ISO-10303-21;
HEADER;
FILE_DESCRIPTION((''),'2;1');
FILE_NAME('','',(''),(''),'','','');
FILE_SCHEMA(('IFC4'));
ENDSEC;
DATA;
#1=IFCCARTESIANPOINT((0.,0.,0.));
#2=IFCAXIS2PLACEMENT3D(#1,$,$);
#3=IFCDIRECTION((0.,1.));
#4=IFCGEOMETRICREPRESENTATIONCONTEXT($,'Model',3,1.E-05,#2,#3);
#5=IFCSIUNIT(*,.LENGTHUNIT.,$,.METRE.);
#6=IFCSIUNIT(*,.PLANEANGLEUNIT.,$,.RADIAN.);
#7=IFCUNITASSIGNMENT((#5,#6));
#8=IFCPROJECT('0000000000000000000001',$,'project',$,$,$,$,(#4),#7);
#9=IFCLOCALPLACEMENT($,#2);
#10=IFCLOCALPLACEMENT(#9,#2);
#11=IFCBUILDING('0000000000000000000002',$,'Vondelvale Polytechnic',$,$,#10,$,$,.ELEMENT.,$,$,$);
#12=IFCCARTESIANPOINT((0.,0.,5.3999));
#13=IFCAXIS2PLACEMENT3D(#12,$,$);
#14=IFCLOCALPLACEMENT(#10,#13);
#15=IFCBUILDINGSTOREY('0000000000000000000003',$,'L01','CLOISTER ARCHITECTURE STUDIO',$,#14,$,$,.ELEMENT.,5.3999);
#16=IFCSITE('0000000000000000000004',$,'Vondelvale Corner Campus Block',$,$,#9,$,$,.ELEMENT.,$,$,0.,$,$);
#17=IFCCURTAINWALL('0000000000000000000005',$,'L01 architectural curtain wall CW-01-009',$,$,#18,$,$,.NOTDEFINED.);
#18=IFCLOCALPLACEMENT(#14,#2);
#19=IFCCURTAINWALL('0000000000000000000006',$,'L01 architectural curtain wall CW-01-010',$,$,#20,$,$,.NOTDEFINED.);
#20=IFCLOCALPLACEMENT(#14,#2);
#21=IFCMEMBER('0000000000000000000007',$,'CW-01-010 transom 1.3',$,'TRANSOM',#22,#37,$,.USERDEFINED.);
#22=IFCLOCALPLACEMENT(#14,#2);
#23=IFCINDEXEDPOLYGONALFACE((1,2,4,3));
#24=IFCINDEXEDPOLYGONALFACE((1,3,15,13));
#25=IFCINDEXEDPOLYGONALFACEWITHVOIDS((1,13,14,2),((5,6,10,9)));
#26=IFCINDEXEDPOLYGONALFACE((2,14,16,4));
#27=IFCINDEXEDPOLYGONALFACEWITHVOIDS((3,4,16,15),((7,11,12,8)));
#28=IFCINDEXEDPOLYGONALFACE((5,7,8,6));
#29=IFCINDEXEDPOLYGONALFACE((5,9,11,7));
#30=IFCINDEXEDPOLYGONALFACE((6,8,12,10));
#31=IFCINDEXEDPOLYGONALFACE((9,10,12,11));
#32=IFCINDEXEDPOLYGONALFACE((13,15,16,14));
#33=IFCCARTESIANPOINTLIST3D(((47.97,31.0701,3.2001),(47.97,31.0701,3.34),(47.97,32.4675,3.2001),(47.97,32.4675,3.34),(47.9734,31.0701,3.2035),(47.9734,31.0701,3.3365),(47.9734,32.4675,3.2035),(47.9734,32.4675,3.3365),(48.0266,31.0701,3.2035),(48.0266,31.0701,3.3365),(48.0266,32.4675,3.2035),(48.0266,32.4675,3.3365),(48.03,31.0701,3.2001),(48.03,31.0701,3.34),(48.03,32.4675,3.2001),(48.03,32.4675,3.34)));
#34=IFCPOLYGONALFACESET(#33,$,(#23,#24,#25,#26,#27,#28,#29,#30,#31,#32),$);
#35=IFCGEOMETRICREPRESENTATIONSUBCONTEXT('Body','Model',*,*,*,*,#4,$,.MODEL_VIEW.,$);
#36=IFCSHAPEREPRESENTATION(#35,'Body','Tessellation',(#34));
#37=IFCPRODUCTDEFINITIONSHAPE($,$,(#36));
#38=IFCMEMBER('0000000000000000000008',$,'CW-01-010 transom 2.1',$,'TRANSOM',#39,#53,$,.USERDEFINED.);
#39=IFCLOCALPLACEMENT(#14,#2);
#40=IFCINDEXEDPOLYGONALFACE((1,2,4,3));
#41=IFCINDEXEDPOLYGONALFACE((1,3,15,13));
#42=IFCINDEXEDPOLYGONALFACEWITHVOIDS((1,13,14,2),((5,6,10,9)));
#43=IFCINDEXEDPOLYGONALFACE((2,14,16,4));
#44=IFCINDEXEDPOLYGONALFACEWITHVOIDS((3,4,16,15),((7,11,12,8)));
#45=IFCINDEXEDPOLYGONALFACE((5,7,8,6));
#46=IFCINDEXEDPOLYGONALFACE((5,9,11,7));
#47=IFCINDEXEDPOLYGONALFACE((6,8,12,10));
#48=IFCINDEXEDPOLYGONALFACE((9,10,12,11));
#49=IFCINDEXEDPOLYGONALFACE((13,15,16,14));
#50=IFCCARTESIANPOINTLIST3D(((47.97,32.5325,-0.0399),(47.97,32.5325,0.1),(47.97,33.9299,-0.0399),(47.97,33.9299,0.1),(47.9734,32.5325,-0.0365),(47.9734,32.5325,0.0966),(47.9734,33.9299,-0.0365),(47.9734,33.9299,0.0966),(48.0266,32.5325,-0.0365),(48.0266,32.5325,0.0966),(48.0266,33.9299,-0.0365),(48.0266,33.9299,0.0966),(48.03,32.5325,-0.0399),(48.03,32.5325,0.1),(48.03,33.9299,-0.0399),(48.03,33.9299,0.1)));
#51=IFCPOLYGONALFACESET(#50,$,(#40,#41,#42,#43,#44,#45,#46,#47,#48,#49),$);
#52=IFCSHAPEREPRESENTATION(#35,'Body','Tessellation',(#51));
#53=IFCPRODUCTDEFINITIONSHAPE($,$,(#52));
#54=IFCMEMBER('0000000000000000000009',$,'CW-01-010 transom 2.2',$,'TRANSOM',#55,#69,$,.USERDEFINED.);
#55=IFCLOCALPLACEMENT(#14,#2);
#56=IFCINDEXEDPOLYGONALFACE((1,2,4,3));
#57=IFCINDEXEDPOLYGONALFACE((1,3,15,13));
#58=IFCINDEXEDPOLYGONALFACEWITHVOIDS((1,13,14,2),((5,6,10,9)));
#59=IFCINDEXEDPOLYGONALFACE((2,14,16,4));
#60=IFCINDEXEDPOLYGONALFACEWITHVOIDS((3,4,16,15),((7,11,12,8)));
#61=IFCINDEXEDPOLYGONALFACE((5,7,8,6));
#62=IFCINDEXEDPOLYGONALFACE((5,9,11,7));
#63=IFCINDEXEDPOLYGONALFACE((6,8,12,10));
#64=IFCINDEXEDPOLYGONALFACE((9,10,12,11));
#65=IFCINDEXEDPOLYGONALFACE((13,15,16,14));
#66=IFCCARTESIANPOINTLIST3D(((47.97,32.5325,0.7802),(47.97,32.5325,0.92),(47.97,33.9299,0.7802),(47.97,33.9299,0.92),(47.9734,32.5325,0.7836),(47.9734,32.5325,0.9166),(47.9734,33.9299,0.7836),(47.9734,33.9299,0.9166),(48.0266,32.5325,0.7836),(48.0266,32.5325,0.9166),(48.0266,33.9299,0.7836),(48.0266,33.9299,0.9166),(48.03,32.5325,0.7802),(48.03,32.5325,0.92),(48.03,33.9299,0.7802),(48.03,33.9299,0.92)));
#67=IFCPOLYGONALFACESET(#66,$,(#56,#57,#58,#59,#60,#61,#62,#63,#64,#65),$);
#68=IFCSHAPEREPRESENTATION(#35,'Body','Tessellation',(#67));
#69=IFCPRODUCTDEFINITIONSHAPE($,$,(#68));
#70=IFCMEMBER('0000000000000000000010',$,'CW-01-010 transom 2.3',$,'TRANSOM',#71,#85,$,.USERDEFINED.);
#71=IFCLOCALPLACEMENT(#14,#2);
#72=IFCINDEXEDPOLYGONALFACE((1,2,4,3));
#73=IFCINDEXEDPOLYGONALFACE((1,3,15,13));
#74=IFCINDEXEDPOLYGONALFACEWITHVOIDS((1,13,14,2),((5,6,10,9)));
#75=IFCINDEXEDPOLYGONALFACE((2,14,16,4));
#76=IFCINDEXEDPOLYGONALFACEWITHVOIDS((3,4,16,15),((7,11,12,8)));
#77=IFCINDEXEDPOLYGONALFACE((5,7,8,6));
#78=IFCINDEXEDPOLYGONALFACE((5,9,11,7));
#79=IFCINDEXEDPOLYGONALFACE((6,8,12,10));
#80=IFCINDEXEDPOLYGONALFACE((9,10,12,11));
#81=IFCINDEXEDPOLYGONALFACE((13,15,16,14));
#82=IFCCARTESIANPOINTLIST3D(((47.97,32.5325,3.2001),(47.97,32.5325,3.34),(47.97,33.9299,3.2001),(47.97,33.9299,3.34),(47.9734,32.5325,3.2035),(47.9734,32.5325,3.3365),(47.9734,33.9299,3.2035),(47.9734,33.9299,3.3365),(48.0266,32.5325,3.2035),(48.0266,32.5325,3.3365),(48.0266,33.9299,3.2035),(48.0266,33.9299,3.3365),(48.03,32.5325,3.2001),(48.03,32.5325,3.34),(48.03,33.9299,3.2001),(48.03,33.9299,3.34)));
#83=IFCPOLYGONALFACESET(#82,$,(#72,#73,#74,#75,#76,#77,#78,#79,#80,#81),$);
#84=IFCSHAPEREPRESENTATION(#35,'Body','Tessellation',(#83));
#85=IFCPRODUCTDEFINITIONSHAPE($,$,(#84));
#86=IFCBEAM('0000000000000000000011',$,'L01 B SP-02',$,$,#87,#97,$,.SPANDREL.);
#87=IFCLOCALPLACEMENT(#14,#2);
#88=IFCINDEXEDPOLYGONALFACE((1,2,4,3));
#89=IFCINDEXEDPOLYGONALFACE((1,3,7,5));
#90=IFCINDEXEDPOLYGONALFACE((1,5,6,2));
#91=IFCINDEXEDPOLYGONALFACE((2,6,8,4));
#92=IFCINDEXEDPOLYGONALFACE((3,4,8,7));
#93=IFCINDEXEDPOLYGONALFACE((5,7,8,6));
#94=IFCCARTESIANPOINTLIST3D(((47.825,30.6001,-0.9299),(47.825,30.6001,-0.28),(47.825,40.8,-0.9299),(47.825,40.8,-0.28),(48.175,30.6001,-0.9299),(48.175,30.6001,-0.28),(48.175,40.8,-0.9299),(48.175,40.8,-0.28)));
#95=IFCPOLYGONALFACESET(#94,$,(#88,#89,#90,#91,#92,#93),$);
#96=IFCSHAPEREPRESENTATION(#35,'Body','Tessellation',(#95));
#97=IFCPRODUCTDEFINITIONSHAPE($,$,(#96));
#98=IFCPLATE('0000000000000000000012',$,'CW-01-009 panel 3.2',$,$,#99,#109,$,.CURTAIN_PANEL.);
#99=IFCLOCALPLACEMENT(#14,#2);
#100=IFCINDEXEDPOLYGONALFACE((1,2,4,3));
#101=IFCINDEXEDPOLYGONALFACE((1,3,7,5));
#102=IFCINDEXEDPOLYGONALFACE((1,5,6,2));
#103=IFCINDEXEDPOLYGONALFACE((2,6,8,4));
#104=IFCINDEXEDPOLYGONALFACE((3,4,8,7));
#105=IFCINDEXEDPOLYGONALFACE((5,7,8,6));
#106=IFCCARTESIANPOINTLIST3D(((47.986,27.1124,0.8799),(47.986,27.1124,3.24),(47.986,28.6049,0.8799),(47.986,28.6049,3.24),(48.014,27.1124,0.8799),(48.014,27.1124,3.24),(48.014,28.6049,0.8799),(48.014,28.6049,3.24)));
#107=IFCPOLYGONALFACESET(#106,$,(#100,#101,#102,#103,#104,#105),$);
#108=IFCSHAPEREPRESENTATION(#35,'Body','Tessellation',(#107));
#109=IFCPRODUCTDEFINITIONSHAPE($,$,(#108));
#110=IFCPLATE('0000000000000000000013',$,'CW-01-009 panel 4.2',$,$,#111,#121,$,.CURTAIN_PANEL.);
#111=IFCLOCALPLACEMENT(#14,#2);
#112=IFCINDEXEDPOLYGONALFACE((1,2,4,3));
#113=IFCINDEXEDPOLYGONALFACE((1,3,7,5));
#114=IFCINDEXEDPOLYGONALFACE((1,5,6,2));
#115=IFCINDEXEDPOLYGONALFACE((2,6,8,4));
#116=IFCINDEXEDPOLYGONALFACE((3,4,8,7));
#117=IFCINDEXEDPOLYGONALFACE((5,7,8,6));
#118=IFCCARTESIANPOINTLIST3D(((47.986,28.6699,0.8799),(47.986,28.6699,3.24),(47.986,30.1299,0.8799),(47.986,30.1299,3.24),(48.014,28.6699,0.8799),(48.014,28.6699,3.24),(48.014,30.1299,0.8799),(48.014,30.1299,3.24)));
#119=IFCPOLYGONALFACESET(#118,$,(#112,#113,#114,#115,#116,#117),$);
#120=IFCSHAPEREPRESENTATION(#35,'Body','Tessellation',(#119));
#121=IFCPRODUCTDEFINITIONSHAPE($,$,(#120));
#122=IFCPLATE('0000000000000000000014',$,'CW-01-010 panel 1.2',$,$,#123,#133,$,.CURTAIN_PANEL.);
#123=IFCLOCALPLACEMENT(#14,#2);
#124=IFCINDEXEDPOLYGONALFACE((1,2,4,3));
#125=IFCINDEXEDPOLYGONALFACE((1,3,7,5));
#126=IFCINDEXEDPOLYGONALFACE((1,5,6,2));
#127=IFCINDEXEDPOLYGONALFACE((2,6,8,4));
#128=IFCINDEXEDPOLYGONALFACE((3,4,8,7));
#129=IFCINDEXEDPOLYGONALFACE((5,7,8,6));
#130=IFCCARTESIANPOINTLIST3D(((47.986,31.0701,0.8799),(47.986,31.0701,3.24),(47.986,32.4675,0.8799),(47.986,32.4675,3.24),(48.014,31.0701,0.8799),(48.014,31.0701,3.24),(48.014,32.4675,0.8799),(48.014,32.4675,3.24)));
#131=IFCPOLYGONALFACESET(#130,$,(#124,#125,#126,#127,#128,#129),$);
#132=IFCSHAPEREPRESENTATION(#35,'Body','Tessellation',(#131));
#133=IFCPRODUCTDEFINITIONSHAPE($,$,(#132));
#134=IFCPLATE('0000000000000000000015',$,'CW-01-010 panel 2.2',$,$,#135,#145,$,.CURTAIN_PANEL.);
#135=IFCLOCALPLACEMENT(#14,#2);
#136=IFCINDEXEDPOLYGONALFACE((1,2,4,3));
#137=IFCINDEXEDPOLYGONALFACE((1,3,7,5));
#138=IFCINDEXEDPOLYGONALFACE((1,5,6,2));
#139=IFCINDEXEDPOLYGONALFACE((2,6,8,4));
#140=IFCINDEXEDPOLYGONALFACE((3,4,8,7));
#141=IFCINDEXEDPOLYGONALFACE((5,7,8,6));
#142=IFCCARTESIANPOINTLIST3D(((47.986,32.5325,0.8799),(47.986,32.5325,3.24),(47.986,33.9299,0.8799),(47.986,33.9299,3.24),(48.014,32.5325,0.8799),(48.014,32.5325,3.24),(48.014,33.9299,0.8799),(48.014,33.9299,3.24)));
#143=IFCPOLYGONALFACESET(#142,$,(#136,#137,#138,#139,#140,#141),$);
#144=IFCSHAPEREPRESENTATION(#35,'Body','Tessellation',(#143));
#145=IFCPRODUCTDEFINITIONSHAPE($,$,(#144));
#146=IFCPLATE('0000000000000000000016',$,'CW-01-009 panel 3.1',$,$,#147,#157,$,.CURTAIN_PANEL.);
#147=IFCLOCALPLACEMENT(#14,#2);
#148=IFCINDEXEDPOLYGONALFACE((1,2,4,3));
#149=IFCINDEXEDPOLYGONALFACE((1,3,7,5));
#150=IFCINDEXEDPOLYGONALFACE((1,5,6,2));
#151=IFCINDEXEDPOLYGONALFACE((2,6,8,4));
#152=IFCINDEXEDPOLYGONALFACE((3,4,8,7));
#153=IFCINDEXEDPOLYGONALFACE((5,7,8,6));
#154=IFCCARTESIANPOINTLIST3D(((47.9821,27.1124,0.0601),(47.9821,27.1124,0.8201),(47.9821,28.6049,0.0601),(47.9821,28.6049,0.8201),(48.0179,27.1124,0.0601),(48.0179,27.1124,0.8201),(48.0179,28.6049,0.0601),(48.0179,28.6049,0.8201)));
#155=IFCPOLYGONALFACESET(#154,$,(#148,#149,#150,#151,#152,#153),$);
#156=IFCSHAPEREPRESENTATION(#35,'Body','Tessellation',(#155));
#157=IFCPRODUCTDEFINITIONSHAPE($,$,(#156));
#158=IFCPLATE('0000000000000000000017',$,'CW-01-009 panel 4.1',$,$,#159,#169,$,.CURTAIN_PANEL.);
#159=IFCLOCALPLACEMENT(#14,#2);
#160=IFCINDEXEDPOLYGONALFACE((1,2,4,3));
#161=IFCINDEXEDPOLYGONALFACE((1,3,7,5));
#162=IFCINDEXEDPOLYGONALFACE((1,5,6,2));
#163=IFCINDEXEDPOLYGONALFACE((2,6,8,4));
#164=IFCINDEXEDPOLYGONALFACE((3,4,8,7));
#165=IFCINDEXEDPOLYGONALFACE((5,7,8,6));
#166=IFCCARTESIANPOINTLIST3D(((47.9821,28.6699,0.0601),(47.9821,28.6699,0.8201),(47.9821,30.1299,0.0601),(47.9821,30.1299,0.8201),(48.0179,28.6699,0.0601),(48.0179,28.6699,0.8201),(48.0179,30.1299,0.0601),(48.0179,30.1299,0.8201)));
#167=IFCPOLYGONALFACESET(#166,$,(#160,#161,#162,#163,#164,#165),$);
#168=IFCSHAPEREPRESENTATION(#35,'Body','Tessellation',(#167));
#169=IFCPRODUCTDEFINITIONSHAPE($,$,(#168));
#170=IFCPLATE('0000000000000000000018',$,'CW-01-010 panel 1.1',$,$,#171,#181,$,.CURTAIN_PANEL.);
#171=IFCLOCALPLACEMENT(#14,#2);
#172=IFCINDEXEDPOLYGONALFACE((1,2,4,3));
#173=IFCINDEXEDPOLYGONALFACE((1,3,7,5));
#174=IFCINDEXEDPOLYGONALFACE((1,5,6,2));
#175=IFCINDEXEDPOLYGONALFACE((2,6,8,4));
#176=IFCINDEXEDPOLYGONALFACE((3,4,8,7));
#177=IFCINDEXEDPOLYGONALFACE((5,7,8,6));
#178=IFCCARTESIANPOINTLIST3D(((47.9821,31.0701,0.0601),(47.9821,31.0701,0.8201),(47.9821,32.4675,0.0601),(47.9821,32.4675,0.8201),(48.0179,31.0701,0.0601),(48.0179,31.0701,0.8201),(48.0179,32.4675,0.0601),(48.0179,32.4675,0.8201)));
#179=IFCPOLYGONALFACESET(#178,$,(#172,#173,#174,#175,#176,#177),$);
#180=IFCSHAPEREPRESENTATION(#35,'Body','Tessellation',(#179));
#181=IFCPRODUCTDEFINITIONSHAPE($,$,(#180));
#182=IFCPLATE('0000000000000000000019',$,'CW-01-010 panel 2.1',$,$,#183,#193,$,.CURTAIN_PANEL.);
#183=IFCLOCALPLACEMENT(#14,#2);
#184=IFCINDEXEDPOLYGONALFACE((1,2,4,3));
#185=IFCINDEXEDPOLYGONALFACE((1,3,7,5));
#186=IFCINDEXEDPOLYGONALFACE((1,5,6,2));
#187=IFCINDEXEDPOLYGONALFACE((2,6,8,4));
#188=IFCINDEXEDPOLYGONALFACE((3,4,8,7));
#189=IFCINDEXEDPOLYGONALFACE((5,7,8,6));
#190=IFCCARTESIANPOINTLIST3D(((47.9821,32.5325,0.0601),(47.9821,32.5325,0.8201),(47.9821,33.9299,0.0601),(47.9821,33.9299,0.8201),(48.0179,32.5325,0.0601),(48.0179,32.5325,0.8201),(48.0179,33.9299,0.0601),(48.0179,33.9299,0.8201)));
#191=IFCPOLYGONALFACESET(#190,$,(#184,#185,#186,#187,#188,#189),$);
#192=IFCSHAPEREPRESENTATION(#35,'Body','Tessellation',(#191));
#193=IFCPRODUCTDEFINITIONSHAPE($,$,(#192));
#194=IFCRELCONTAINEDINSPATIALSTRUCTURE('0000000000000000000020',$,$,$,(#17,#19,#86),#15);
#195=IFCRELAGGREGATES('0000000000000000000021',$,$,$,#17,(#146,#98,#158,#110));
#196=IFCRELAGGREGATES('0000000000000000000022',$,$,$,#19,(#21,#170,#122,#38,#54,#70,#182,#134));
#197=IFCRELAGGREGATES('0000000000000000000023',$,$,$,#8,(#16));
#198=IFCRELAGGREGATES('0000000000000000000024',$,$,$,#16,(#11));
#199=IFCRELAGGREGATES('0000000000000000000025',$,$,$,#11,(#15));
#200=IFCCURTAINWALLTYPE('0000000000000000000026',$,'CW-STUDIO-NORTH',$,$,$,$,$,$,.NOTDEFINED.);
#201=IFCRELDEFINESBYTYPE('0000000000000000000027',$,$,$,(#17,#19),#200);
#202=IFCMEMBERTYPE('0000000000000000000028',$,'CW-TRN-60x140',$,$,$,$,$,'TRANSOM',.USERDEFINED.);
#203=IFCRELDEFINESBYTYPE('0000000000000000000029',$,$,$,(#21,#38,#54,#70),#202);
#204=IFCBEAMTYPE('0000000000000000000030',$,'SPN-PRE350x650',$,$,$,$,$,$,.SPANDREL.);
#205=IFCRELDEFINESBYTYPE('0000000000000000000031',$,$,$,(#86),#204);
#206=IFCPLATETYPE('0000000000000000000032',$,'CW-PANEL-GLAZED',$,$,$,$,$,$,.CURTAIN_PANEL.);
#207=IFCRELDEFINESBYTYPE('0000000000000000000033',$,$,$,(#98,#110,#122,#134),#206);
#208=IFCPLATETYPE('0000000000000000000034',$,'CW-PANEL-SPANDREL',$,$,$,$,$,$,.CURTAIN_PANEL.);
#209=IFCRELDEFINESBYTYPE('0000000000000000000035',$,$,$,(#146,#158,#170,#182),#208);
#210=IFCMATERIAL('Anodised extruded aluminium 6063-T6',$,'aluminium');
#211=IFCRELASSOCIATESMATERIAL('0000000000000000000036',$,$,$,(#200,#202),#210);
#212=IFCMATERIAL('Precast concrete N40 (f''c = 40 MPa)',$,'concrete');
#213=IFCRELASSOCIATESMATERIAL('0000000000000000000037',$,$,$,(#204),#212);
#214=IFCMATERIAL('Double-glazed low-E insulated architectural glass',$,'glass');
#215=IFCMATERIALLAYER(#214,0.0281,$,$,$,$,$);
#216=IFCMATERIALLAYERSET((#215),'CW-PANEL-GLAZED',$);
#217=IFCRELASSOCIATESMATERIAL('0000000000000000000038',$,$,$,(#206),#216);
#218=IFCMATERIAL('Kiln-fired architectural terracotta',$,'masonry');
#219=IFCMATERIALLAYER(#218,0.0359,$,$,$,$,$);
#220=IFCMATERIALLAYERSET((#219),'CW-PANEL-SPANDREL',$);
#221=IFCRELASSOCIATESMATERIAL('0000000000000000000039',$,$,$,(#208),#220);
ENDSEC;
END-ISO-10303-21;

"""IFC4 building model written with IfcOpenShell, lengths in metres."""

from ifc_helpers import new_model, si_unit, direction, frame, origin, origin_2d, place, context, subcontext, project, spatial, rectangle, hollow_rectangle, extrude, material, layer, layer_set, material_profile, profile_set, type_object, element, aggregate, save


model = new_model("IFC4")

# Units and contexts
model_context = context("Model", 3, precision=1e-05, world=origin(), true_north=direction((0.0, 1.0)))
body_context = subcontext(model_context, "Body", "Model", "MODEL_VIEW")
ifc_project = project(units=[si_unit("LENGTHUNIT", "METRE"), si_unit("PLANEANGLEUNIT", "RADIAN")], contexts=[model_context])

# Site, building, storey
site_placement = place(None, origin())
site = spatial("IfcSite", under=ifc_project, at=site_placement, Name="Vondelvale Corner Campus Block", CompositionType="ELEMENT", RefElevation=0.0)
building_placement = place(site_placement, origin())
building = spatial("IfcBuilding", under=site, at=building_placement, Name="Vondelvale Polytechnic", CompositionType="ELEMENT")
storey_placement = place(building_placement, frame((0.0, 0.0, 5.3999)))
storey = spatial("IfcBuildingStorey", under=building, at=storey_placement, Name="L01", Description="CLOISTER ARCHITECTURE STUDIO", CompositionType="ELEMENT", Elevation=5.3999)

# Curtain walls
ifc_material_1 = material(Name="Anodised extruded aluminium 6063-T6", Category="aluminium")
curtain_wall_type = type_object("IfcCurtainWallType", Name="CW-STUDIO-NORTH", PredefinedType="NOTDEFINED", material=ifc_material_1)
curtain_wall_1_placement = place(storey_placement, origin())
curtain_wall_1 = element("IfcCurtainWall", 1, at=curtain_wall_1_placement, inside=storey, type_object=curtain_wall_type, Name="L01 architectural curtain wall CW-01-009", PredefinedType="NOTDEFINED")
curtain_wall_2_placement = place(storey_placement, origin())
curtain_wall_2 = element("IfcCurtainWall", 2, at=curtain_wall_2_placement, inside=storey, type_object=curtain_wall_type, Name="L01 architectural curtain wall CW-01-010", PredefinedType="NOTDEFINED")

# Members
ifc_material_profile_1 = material_profile(ifc_material_1, hollow_rectangle(XDim=0.0601, YDim=0.1399, WallThickness=0.0034, at=origin_2d()), Name="CW-TRN-140x60")
ifc_profile_set_1 = profile_set([ifc_material_profile_1], Name="Anodised extruded aluminium 6063-T6")
member_type_1 = type_object("IfcMemberType", Name="CW-TRN-60x140", ElementType="TRANSOM", PredefinedType="USERDEFINED", material=ifc_profile_set_1)
member_1_placement = place(storey_placement, frame((48.0, 31.0701, 3.27), z_axis=(0.0, 1.0, 0.0), x_axis=(-1.0, 0.0, 0.0)))
member_1 = element("IfcMember", 3, at=member_1_placement, type_object=member_type_1, Name="CW-01-010 transom 1.3", ObjectType="TRANSOM", PredefinedType="USERDEFINED", context=body_context, shape_type="SweptSolid", body=[
    extrude(hollow_rectangle(XDim=0.0601, YDim=0.1399, WallThickness=0.0034, at=origin_2d()), origin(), (0.0, 0.0, 1.0), 1.3975),
])
member_2_placement = place(storey_placement, frame((48.0, 32.5325, 0.03), z_axis=(0.0, 1.0, 0.0), x_axis=(-1.0, 0.0, 0.0)))
member_2 = element("IfcMember", 4, at=member_2_placement, type_object=member_type_1, Name="CW-01-010 transom 2.1", ObjectType="TRANSOM", PredefinedType="USERDEFINED", context=body_context, shape_type="SweptSolid", body=[
    extrude(hollow_rectangle(XDim=0.0601, YDim=0.1399, WallThickness=0.0034, at=origin_2d()), origin(), (0.0, 0.0, 1.0), 1.3975),
])
member_3_placement = place(storey_placement, frame((48.0, 32.5325, 0.8501), z_axis=(0.0, 1.0, 0.0), x_axis=(-1.0, 0.0, 0.0)))
member_3 = element("IfcMember", 5, at=member_3_placement, type_object=member_type_1, Name="CW-01-010 transom 2.2", ObjectType="TRANSOM", PredefinedType="USERDEFINED", context=body_context, shape_type="SweptSolid", body=[
    extrude(hollow_rectangle(XDim=0.0601, YDim=0.1399, WallThickness=0.0034, at=origin_2d()), origin(), (0.0, 0.0, 1.0), 1.3975),
])
member_4_placement = place(storey_placement, frame((48.0, 32.5325, 3.27), z_axis=(0.0, 1.0, 0.0), x_axis=(-1.0, 0.0, 0.0)))
member_4 = element("IfcMember", 6, at=member_4_placement, type_object=member_type_1, Name="CW-01-010 transom 2.3", ObjectType="TRANSOM", PredefinedType="USERDEFINED", context=body_context, shape_type="SweptSolid", body=[
    extrude(hollow_rectangle(XDim=0.0601, YDim=0.1399, WallThickness=0.0034, at=origin_2d()), origin(), (0.0, 0.0, 1.0), 1.3975),
])

# Beam
ifc_material_2 = material(Name="Precast concrete N40 (f'c = 40 MPa)", Category="concrete")
ifc_material_profile_2 = material_profile(ifc_material_2, rectangle(XDim=0.3501, YDim=0.6499, at=origin_2d()), Name="RC-SPN-350x650")
ifc_profile_set_2 = profile_set([ifc_material_profile_2], Name="Precast concrete N40 (f'c = 40 MPa)")
beam_type = type_object("IfcBeamType", Name="SPN-PRE350x650", PredefinedType="SPANDREL", material=ifc_profile_set_2)
beam_placement = place(storey_placement, frame((48.0, 30.6001, -0.605), z_axis=(0.0, 1.0, 0.0), x_axis=(-1.0, 0.0, 0.0)))
element("IfcBeam", 7, at=beam_placement, inside=storey, type_object=beam_type, Name="L01 B SP-02", PredefinedType="SPANDREL", context=body_context, shape_type="SweptSolid", body=[
    extrude(rectangle(XDim=0.3501, YDim=0.6499, at=origin_2d()), origin(), (0.0, 0.0, 1.0), 10.2),
])

# Plates
ifc_material_3 = material(Name="Double-glazed low-E insulated architectural glass", Category="glass")
ifc_layer_1 = layer(ifc_material_3, 0.0281)
ifc_layer_set_1 = layer_set([ifc_layer_1], Name="CW-PANEL-GLAZED")
plate_type_1 = type_object("IfcPlateType", Name="CW-PANEL-GLAZED", PredefinedType="CURTAIN_PANEL", material=ifc_layer_set_1)
plate_1_placement = place(storey_placement, frame((48.0, 27.8586, 0.8799), z_axis=(0.0, 0.0, 1.0), x_axis=(0.0, 1.0, 0.0)))
plate_1 = element("IfcPlate", 8, at=plate_1_placement, type_object=plate_type_1, Name="CW-01-009 panel 3.2", PredefinedType="CURTAIN_PANEL", context=body_context, shape_type="SweptSolid", body=[
    extrude(rectangle(XDim=1.4924, YDim=0.0281, at=origin_2d()), origin(), (0.0, 0.0, 1.0), 2.3601),
])
plate_2_placement = place(storey_placement, frame((48.0, 29.3999, 0.8799), z_axis=(0.0, 0.0, 1.0), x_axis=(0.0, 1.0, 0.0)))
plate_2 = element("IfcPlate", 9, at=plate_2_placement, type_object=plate_type_1, Name="CW-01-009 panel 4.2", PredefinedType="CURTAIN_PANEL", context=body_context, shape_type="SweptSolid", body=[
    extrude(rectangle(XDim=1.46, YDim=0.0281, at=origin_2d()), origin(), (0.0, 0.0, 1.0), 2.3601),
])
plate_3_placement = place(storey_placement, frame((48.0, 31.7688, 0.8799), z_axis=(0.0, 0.0, 1.0), x_axis=(0.0, 1.0, 0.0)))
plate_3 = element("IfcPlate", 10, at=plate_3_placement, type_object=plate_type_1, Name="CW-01-010 panel 1.2", PredefinedType="CURTAIN_PANEL", context=body_context, shape_type="SweptSolid", body=[
    extrude(rectangle(XDim=1.3975, YDim=0.0281, at=origin_2d()), origin(), (0.0, 0.0, 1.0), 2.3601),
])
plate_4_placement = place(storey_placement, frame((48.0, 33.2312, 0.8799), z_axis=(0.0, 0.0, 1.0), x_axis=(0.0, 1.0, 0.0)))
plate_4 = element("IfcPlate", 11, at=plate_4_placement, type_object=plate_type_1, Name="CW-01-010 panel 2.2", PredefinedType="CURTAIN_PANEL", context=body_context, shape_type="SweptSolid", body=[
    extrude(rectangle(XDim=1.3975, YDim=0.0281, at=origin_2d()), origin(), (0.0, 0.0, 1.0), 2.3601),
])
ifc_material_4 = material(Name="Kiln-fired architectural terracotta", Category="masonry")
ifc_layer_2 = layer(ifc_material_4, 0.0359)
ifc_layer_set_2 = layer_set([ifc_layer_2], Name="CW-PANEL-SPANDREL")
plate_type_2 = type_object("IfcPlateType", Name="CW-PANEL-SPANDREL", PredefinedType="CURTAIN_PANEL", material=ifc_layer_set_2)
plate_5_placement = place(storey_placement, frame((48.0, 27.8586, 0.0601), z_axis=(0.0, 0.0, 1.0), x_axis=(0.0, 1.0, 0.0)))
plate_5 = element("IfcPlate", 12, at=plate_5_placement, type_object=plate_type_2, Name="CW-01-009 panel 3.1", PredefinedType="CURTAIN_PANEL", context=body_context, shape_type="SweptSolid", body=[
    extrude(rectangle(XDim=1.4924, YDim=0.0359, at=origin_2d()), origin(), (0.0, 0.0, 1.0), 0.76),
])
plate_6_placement = place(storey_placement, frame((48.0, 29.3999, 0.0601), z_axis=(0.0, 0.0, 1.0), x_axis=(0.0, 1.0, 0.0)))
plate_6 = element("IfcPlate", 13, at=plate_6_placement, type_object=plate_type_2, Name="CW-01-009 panel 4.1", PredefinedType="CURTAIN_PANEL", context=body_context, shape_type="SweptSolid", body=[
    extrude(rectangle(XDim=1.46, YDim=0.0359, at=origin_2d()), origin(), (0.0, 0.0, 1.0), 0.76),
])
aggregate(curtain_wall_1, [plate_5, plate_1, plate_6, plate_2])
plate_7_placement = place(storey_placement, frame((48.0, 31.7688, 0.0601), z_axis=(0.0, 0.0, 1.0), x_axis=(0.0, 1.0, 0.0)))
plate_7 = element("IfcPlate", 14, at=plate_7_placement, type_object=plate_type_2, Name="CW-01-010 panel 1.1", PredefinedType="CURTAIN_PANEL", context=body_context, shape_type="SweptSolid", body=[
    extrude(rectangle(XDim=1.3975, YDim=0.0359, at=origin_2d()), origin(), (0.0, 0.0, 1.0), 0.76),
])
plate_8_placement = place(storey_placement, frame((48.0, 33.2312, 0.0601), z_axis=(0.0, 0.0, 1.0), x_axis=(0.0, 1.0, 0.0)))
plate_8 = element("IfcPlate", 15, at=plate_8_placement, type_object=plate_type_2, Name="CW-01-010 panel 2.1", PredefinedType="CURTAIN_PANEL", context=body_context, shape_type="SweptSolid", body=[
    extrude(rectangle(XDim=1.3975, YDim=0.0359, at=origin_2d()), origin(), (0.0, 0.0, 1.0), 0.76),
])
aggregate(curtain_wall_2, [member_1, plate_7, plate_3, member_2, member_3, member_4, plate_8, plate_4])

save(model, "model.ifc")
